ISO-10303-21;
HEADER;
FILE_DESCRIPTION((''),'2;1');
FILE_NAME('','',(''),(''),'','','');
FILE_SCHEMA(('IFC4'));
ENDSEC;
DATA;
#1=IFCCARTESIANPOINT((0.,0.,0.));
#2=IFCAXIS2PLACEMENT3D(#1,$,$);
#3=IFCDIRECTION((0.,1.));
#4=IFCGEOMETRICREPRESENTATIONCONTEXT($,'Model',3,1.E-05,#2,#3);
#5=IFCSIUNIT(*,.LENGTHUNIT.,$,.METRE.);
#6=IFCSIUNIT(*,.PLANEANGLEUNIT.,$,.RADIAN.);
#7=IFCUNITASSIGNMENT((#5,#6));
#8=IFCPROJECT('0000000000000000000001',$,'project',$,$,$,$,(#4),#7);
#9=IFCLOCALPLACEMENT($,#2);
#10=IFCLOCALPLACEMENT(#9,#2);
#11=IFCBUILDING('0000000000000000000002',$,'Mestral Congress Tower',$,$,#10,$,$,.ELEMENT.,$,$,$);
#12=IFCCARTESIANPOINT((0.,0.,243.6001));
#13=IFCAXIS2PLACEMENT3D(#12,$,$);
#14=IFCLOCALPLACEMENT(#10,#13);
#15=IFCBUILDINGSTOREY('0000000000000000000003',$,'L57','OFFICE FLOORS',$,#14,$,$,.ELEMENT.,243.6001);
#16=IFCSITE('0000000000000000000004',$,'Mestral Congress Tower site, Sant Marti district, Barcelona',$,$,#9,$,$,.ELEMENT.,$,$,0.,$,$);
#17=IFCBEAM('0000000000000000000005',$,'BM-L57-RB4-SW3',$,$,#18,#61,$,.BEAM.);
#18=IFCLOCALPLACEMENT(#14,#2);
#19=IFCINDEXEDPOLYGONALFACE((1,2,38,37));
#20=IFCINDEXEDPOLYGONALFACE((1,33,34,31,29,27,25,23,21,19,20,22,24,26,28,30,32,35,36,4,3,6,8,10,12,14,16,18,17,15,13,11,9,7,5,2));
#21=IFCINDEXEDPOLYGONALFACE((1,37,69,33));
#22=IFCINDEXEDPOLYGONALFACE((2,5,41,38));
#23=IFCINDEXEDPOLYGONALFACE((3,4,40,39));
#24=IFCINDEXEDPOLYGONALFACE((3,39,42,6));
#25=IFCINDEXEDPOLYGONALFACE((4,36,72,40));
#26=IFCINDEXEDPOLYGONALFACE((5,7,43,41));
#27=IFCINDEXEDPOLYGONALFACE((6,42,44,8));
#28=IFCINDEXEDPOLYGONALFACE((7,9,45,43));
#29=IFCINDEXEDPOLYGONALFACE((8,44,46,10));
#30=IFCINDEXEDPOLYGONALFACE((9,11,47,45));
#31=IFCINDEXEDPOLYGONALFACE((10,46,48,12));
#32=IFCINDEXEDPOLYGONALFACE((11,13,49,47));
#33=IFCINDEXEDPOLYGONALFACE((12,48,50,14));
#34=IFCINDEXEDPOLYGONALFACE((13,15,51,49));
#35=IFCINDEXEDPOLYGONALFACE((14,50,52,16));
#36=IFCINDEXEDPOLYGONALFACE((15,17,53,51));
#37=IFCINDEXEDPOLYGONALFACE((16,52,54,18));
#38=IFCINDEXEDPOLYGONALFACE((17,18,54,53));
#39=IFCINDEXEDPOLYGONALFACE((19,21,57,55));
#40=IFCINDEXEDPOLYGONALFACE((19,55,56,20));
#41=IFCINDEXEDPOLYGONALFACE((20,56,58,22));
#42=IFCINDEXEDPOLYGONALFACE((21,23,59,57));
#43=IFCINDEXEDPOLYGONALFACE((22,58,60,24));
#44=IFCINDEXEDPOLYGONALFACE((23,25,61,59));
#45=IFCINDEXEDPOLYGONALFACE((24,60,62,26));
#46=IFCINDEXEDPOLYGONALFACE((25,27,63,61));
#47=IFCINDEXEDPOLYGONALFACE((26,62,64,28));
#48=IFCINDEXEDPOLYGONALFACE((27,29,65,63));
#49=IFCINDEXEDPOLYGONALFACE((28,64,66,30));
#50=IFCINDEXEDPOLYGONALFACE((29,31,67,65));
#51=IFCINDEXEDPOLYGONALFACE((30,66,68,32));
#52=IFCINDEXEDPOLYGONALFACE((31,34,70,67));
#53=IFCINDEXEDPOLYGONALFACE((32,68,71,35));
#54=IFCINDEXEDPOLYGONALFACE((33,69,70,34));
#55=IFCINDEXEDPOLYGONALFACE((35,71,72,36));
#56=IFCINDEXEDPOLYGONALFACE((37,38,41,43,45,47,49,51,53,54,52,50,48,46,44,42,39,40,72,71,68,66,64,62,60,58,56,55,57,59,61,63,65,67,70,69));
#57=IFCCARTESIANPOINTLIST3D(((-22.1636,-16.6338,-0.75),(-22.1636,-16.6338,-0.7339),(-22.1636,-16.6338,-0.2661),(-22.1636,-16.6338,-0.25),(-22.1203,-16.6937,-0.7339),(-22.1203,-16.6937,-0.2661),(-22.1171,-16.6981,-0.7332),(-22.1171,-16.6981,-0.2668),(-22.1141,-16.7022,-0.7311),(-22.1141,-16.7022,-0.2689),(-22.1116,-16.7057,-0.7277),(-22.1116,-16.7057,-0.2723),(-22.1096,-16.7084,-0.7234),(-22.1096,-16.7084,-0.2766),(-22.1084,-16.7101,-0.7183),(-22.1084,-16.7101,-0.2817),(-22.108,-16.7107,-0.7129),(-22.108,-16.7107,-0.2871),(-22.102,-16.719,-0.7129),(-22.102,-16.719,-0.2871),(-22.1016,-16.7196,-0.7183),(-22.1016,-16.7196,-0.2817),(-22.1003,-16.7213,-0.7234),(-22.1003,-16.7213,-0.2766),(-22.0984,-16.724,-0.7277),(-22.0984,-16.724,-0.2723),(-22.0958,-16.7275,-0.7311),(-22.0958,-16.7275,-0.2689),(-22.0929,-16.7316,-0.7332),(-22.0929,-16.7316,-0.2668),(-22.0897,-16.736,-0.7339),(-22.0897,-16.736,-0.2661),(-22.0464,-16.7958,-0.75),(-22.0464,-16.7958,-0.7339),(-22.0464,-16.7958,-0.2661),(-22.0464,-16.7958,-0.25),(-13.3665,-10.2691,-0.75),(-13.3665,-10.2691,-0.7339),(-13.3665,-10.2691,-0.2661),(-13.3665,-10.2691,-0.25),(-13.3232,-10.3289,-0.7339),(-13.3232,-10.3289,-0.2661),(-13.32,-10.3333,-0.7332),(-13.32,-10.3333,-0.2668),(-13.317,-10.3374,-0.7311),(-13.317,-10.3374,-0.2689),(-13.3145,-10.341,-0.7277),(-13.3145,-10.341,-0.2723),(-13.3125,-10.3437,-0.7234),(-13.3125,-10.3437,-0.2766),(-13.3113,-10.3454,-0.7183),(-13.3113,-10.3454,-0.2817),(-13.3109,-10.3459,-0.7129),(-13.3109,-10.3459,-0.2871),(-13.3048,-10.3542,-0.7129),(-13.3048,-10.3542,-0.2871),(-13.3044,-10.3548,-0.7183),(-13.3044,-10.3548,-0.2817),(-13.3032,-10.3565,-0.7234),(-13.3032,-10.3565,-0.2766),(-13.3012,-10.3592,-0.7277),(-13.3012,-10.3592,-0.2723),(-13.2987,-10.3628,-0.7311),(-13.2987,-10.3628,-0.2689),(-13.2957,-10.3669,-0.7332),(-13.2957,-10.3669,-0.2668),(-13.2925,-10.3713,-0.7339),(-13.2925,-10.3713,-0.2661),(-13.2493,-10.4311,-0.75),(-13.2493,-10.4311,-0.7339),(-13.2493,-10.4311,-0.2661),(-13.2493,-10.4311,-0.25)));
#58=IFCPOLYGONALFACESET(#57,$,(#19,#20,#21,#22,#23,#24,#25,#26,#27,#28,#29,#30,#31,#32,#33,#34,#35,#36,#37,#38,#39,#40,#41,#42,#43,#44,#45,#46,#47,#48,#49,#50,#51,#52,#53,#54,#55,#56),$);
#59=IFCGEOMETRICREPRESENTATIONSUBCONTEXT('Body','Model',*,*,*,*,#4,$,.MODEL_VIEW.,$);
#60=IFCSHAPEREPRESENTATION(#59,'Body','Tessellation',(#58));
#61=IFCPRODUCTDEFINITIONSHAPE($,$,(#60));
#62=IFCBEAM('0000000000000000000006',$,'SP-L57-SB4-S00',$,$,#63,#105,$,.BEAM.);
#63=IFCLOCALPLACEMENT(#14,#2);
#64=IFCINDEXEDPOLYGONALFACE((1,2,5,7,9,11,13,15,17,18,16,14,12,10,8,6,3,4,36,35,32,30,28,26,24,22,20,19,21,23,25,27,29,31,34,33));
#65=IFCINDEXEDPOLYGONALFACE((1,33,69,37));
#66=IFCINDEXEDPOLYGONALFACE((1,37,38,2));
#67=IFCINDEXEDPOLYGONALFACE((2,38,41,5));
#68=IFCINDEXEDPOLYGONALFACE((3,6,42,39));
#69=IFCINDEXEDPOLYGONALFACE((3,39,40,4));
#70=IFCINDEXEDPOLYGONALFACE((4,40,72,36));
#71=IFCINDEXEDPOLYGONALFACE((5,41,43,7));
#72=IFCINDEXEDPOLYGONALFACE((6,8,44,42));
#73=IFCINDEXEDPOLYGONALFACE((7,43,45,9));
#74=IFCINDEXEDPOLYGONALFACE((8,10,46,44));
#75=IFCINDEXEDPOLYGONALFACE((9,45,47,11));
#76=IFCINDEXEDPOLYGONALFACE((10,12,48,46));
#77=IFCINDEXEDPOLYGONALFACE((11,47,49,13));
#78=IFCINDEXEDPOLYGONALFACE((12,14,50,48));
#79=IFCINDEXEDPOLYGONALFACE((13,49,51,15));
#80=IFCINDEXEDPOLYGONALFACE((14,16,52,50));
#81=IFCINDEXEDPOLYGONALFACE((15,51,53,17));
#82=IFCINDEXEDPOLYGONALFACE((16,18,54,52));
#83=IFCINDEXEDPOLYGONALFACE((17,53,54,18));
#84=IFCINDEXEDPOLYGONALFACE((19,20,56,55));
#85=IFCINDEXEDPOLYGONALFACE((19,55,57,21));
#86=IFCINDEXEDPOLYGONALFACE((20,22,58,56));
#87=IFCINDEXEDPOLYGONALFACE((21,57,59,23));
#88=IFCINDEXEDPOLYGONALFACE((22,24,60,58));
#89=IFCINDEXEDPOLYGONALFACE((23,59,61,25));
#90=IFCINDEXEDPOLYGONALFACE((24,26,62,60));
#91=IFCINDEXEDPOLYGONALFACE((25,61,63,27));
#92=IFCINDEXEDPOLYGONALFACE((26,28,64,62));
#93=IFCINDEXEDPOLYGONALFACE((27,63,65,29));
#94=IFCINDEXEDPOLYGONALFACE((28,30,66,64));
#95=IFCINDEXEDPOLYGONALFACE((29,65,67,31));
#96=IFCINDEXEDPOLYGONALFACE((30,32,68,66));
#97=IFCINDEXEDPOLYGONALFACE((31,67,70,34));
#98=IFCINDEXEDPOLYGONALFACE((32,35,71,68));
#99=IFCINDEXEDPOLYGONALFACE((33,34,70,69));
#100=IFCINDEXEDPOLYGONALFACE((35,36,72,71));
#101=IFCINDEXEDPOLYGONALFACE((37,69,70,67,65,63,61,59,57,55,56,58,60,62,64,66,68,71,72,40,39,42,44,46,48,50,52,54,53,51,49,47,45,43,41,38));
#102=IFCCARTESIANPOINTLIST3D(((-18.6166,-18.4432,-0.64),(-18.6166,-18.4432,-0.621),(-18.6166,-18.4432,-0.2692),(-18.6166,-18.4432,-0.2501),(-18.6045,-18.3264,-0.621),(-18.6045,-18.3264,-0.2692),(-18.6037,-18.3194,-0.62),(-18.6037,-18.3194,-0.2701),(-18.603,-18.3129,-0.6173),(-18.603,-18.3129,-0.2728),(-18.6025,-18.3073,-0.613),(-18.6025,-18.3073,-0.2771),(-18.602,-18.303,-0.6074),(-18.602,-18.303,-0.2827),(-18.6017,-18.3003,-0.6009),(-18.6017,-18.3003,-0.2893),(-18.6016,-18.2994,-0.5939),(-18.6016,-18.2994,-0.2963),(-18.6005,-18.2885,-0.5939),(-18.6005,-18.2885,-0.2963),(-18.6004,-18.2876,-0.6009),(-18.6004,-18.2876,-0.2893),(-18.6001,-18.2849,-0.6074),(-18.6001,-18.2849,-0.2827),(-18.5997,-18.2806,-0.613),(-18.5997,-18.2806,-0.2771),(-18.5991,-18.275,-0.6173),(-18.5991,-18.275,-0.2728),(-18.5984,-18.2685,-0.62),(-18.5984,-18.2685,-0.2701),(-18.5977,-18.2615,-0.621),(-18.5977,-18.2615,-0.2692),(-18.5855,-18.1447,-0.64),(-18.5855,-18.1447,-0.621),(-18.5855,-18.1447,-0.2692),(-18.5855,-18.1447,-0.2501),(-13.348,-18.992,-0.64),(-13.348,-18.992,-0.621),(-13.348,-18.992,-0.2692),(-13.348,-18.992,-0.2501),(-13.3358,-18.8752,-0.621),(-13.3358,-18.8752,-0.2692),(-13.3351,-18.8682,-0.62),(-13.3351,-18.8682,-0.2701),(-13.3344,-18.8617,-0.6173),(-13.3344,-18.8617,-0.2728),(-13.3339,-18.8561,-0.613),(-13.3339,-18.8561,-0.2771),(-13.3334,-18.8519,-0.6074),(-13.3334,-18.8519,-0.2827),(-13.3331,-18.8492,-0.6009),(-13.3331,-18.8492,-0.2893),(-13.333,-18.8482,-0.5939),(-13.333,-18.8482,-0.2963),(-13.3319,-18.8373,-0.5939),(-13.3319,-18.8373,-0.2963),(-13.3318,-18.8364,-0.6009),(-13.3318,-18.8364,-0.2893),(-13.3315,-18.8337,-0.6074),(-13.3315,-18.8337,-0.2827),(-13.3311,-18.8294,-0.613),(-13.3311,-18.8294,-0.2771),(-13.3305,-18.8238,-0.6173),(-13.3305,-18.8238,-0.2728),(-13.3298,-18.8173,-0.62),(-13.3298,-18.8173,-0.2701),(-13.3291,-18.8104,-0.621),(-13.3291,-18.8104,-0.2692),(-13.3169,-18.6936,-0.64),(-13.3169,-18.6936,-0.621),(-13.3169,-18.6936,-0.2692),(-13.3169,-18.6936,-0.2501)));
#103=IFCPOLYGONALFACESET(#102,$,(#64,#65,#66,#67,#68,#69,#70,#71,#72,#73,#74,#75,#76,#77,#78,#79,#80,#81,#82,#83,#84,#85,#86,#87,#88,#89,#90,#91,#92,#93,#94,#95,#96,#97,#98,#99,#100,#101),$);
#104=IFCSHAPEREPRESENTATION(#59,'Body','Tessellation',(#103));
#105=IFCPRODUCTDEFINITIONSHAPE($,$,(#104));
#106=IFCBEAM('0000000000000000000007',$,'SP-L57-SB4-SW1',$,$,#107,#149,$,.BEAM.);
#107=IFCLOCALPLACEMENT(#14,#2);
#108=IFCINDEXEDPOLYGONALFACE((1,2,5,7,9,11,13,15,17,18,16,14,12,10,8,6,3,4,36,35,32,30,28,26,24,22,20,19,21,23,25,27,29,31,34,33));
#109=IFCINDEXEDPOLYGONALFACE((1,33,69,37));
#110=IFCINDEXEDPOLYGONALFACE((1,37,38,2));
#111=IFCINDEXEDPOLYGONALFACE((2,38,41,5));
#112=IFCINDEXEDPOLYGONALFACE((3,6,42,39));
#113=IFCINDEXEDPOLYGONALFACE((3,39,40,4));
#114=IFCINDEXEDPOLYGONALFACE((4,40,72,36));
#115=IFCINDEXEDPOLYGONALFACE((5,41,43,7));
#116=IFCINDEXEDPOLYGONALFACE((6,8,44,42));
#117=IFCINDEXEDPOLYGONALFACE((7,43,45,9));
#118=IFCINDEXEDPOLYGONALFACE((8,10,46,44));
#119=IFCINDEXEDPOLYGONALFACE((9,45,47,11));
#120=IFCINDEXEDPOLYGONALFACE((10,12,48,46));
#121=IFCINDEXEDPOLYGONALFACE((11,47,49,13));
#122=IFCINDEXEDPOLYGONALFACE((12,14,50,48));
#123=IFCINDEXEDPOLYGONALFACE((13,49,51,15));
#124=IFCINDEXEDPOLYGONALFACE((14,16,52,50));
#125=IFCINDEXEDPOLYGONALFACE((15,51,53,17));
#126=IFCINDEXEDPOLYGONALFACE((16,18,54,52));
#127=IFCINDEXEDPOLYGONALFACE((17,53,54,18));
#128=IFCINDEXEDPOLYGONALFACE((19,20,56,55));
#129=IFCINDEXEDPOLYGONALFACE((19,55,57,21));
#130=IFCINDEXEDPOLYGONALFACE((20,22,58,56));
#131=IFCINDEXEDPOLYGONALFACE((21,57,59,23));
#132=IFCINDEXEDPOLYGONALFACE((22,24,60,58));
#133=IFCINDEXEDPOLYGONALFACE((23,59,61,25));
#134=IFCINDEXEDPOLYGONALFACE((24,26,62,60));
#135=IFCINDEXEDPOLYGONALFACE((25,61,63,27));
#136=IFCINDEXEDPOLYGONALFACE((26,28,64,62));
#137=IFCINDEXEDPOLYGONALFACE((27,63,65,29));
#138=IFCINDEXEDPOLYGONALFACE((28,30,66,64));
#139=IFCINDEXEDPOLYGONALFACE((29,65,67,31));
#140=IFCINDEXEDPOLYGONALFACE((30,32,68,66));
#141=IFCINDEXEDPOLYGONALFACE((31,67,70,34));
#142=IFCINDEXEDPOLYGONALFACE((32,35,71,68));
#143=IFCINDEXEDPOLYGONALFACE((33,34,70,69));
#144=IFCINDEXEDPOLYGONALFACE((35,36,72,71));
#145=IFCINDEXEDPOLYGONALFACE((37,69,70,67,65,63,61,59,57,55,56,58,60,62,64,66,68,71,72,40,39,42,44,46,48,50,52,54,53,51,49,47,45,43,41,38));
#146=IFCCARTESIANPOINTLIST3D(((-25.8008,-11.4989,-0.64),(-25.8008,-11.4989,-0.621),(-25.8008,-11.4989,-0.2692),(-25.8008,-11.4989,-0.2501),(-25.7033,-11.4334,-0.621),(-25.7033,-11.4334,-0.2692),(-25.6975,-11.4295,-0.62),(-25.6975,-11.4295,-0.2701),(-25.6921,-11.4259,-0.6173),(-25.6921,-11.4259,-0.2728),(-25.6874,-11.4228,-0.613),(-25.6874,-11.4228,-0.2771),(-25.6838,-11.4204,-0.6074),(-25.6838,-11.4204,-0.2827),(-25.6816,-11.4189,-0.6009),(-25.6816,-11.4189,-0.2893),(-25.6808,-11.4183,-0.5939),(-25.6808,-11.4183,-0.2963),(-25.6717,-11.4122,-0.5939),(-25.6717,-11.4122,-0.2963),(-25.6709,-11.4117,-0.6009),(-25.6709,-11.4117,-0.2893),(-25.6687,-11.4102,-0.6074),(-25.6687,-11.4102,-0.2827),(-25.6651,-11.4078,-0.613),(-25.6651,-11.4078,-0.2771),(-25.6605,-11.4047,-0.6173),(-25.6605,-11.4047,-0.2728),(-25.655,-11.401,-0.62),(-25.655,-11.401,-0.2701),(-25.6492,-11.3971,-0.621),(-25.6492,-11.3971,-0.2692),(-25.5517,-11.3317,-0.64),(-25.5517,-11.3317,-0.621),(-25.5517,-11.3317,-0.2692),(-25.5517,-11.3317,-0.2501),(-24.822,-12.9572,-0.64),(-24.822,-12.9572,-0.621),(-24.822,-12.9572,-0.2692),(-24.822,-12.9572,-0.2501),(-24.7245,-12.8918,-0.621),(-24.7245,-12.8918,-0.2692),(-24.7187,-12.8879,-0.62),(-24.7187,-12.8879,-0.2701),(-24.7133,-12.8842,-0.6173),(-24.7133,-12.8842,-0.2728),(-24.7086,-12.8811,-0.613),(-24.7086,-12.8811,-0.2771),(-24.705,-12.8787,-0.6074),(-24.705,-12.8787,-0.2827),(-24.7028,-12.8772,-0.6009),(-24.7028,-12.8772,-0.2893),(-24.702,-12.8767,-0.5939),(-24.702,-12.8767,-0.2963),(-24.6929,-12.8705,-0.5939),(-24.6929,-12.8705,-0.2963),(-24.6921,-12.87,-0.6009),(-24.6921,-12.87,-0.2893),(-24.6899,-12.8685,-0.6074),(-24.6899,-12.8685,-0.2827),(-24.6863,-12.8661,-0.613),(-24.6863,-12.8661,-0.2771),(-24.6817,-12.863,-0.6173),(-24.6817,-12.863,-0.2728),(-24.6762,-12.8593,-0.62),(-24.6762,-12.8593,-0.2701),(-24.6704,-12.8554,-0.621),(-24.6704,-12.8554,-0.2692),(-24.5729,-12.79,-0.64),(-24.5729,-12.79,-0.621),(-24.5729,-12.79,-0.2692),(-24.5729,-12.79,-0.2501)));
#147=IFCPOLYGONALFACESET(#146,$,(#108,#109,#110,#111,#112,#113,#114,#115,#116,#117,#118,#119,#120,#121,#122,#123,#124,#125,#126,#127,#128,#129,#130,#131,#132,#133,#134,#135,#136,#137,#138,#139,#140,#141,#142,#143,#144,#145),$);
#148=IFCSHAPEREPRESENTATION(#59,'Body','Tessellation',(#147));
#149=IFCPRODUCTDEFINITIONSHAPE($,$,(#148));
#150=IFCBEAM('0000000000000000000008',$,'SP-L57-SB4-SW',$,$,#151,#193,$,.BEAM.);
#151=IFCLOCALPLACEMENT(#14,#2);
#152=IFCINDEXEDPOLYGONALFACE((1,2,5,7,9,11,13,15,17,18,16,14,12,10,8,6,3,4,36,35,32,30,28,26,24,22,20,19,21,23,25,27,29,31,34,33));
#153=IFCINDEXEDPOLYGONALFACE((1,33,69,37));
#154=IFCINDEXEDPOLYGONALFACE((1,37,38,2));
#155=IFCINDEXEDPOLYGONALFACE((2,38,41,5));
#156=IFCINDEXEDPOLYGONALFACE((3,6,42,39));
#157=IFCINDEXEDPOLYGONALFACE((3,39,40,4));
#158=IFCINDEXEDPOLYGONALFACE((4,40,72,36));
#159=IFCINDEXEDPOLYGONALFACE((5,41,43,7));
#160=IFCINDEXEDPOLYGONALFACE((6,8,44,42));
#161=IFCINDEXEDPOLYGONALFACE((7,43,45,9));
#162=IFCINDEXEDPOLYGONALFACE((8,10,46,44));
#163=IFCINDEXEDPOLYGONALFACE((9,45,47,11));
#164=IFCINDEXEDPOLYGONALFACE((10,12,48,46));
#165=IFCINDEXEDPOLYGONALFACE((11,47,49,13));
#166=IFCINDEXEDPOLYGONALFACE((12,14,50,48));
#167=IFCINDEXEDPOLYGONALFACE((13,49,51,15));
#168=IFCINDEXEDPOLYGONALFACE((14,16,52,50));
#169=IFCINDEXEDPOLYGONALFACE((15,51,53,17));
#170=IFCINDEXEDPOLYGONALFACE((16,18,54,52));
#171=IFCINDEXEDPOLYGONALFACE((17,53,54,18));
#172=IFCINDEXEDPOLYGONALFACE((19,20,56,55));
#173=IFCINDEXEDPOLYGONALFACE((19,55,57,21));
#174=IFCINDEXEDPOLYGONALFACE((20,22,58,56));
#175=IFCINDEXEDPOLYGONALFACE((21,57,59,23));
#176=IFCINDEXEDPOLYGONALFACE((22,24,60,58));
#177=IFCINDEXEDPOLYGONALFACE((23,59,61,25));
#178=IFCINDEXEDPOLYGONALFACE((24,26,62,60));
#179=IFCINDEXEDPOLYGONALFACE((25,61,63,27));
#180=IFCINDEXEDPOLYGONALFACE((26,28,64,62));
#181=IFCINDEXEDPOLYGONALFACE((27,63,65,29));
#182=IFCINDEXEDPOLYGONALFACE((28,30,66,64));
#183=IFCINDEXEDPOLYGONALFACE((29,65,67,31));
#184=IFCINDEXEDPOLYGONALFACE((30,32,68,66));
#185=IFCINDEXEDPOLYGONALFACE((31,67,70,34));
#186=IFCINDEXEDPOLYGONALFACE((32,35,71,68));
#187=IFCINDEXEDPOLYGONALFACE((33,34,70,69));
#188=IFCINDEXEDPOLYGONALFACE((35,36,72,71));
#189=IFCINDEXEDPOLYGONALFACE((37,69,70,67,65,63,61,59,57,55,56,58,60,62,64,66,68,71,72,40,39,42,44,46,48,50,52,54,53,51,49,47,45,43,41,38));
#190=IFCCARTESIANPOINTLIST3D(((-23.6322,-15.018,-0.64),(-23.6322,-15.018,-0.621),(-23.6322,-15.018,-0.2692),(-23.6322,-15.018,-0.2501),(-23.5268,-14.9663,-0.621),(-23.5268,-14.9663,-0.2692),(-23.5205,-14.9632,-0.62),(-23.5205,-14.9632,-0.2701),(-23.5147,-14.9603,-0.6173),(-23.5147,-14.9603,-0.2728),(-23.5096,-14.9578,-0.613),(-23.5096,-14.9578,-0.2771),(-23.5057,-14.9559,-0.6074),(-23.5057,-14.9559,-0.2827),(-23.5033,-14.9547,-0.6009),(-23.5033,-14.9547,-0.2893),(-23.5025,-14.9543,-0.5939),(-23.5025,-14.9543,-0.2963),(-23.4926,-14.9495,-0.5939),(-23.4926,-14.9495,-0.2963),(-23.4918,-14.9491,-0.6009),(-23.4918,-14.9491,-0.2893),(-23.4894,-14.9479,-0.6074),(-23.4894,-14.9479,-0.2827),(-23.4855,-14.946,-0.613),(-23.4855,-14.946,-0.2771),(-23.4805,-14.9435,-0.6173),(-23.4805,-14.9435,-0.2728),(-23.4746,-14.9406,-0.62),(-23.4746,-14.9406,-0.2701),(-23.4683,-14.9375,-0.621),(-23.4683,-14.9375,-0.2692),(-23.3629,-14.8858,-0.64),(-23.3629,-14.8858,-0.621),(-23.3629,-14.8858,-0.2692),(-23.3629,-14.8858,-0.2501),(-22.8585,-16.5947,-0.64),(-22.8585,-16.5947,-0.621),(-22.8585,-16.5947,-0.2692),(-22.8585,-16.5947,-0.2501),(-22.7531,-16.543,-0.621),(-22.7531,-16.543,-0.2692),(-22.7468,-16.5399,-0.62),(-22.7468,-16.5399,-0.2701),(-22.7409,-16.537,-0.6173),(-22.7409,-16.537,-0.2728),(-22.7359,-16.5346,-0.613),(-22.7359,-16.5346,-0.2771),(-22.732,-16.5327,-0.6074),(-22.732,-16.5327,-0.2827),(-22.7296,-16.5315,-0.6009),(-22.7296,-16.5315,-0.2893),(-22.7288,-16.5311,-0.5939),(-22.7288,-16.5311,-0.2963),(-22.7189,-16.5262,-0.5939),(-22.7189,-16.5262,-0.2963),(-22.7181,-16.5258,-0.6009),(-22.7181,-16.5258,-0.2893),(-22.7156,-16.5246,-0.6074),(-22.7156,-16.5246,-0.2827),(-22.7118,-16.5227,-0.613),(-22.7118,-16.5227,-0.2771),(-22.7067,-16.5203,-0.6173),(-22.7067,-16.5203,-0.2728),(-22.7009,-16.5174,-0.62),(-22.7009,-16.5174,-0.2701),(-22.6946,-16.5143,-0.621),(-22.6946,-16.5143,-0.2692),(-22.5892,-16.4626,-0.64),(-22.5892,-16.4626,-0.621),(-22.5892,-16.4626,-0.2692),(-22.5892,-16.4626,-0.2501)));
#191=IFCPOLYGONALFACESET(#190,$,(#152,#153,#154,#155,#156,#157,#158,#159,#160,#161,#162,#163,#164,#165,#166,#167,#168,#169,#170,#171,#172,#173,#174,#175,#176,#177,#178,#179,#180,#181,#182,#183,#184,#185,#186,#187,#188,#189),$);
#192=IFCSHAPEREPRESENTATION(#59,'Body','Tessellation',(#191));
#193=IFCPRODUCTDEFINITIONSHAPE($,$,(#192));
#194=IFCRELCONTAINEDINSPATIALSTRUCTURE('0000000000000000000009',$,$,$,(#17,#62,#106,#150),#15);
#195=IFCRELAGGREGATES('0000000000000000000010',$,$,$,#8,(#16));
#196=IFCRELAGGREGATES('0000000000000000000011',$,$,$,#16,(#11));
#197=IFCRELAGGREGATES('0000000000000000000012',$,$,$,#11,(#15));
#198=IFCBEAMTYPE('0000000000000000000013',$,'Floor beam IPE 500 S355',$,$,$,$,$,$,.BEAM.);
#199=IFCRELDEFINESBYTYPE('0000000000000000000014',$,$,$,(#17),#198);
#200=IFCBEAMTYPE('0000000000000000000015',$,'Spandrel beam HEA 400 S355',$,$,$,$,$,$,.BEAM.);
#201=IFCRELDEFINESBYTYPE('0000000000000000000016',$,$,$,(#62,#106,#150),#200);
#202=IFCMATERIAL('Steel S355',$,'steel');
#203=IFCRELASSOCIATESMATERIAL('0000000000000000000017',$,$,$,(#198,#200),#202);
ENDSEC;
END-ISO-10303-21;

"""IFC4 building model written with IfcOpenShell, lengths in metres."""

from ifc_helpers import new_model, si_unit, direction, frame, origin, origin_2d, place, context, subcontext, project, spatial, i_section, extrude, material, material_profile, profile_set, type_object, element, save


model = new_model("IFC4")

# Units and contexts
model_context = context("Model", 3, precision=1e-05, world=origin(), true_north=direction((0.0, 1.0)))
body_context = subcontext(model_context, "Body", "Model", "MODEL_VIEW")
ifc_project = project(units=[si_unit("LENGTHUNIT", "METRE"), si_unit("PLANEANGLEUNIT", "RADIAN")], contexts=[model_context])

# Site, building, storey
site_placement = place(None, origin())
site = spatial("IfcSite", under=ifc_project, at=site_placement, Name="Mestral Congress Tower site, Sant Marti district, Barcelona", CompositionType="ELEMENT", RefElevation=0.0)
building_placement = place(site_placement, origin())
building = spatial("IfcBuilding", under=site, at=building_placement, Name="Mestral Congress Tower", CompositionType="ELEMENT")
storey_placement = place(building_placement, frame((0.0, 0.0, 243.6001)))
storey = spatial("IfcBuildingStorey", under=building, at=storey_placement, Name="L57", Description="OFFICE FLOORS", CompositionType="ELEMENT", Elevation=243.6001)

# Beams
ifc_material_1 = material(Name="Steel S355", Category="steel")
ifc_material_profile_1 = material_profile(ifc_material_1, i_section(OverallWidth=0.2, OverallDepth=0.5, WebThickness=0.0103, FlangeThickness=0.0161, FilletRadius=0.021, at=origin_2d()), Name="IPE 500")
ifc_profile_set_1 = profile_set([ifc_material_profile_1], Name="Steel S355")
beam_type_1 = type_object("IfcBeamType", Name="Floor beam IPE 500 S355", PredefinedType="BEAM", material=ifc_profile_set_1)
beam_1_placement = place(storey_placement, frame((-22.105, -16.7148, -0.5), z_axis=(0.810186, 0.586173, 0.0), x_axis=(-0.586173, 0.810186, 0.0)))
element("IfcBeam", 1, at=beam_1_placement, inside=storey, type_object=beam_type_1, Name="BM-L57-RB4-SW3", PredefinedType="BEAM", context=body_context, shape_type="SweptSolid", body=[
    extrude(i_section(OverallWidth=0.2, OverallDepth=0.5, WebThickness=0.0103, FlangeThickness=0.0161, FilletRadius=0.021, at=origin_2d()), origin(), (0.0, 0.0, 1.0), 10.8582),
])
ifc_material_profile_2 = material_profile(ifc_material_1, i_section(OverallWidth=0.3, OverallDepth=0.3899, WebThickness=0.011, FlangeThickness=0.019, FilletRadius=0.0271, at=origin_2d()), Name="HEA 400")
ifc_profile_set_2 = profile_set([ifc_material_profile_2], Name="Steel S355")
beam_type_2 = type_object("IfcBeamType", Name="Spandrel beam HEA 400 S355", PredefinedType="BEAM", material=ifc_profile_set_2)
beam_2_placement = place(storey_placement, frame((-18.6011, -18.2939, -0.4451), z_axis=(0.994618, -0.10361, 0.0), x_axis=(0.10361, 0.994618, 0.0)))
element("IfcBeam", 2, at=beam_2_placement, inside=storey, type_object=beam_type_2, Name="SP-L57-SB4-S00", PredefinedType="BEAM", context=body_context, shape_type="SweptSolid", body=[
    extrude(i_section(OverallWidth=0.3, OverallDepth=0.3899, WebThickness=0.011, FlangeThickness=0.019, FilletRadius=0.0271, at=origin_2d()), origin(), (0.0, 0.0, 1.0), 5.2971),
])
for number, where, z_axis, x_axis, name in (
    (3, (-25.6763, -11.4153, -0.4451), (0.557296, -0.830314, 0.0), (0.830314, 0.557296, 0.0), "SP-L57-SB4-SW1"),
    (4, (-23.4976, -14.9519, -0.4451), (0.440529, -0.897739, 0.0), (0.897739, 0.440529, 0.0), "SP-L57-SB4-SW"),
):
    element("IfcBeam", number, at=place(storey_placement, frame(where, z_axis=z_axis, x_axis=x_axis)), inside=storey, type_object=beam_type_2, Name=name, PredefinedType="BEAM", context=body_context, shape_type="SweptSolid", body=[
        extrude(i_section(OverallWidth=0.3, OverallDepth=0.3899, WebThickness=0.011, FlangeThickness=0.019, FilletRadius=0.0271, at=origin_2d()), origin(), (0.0, 0.0, 1.0), 1.7563),
    ])

save(model, "model.ifc")
